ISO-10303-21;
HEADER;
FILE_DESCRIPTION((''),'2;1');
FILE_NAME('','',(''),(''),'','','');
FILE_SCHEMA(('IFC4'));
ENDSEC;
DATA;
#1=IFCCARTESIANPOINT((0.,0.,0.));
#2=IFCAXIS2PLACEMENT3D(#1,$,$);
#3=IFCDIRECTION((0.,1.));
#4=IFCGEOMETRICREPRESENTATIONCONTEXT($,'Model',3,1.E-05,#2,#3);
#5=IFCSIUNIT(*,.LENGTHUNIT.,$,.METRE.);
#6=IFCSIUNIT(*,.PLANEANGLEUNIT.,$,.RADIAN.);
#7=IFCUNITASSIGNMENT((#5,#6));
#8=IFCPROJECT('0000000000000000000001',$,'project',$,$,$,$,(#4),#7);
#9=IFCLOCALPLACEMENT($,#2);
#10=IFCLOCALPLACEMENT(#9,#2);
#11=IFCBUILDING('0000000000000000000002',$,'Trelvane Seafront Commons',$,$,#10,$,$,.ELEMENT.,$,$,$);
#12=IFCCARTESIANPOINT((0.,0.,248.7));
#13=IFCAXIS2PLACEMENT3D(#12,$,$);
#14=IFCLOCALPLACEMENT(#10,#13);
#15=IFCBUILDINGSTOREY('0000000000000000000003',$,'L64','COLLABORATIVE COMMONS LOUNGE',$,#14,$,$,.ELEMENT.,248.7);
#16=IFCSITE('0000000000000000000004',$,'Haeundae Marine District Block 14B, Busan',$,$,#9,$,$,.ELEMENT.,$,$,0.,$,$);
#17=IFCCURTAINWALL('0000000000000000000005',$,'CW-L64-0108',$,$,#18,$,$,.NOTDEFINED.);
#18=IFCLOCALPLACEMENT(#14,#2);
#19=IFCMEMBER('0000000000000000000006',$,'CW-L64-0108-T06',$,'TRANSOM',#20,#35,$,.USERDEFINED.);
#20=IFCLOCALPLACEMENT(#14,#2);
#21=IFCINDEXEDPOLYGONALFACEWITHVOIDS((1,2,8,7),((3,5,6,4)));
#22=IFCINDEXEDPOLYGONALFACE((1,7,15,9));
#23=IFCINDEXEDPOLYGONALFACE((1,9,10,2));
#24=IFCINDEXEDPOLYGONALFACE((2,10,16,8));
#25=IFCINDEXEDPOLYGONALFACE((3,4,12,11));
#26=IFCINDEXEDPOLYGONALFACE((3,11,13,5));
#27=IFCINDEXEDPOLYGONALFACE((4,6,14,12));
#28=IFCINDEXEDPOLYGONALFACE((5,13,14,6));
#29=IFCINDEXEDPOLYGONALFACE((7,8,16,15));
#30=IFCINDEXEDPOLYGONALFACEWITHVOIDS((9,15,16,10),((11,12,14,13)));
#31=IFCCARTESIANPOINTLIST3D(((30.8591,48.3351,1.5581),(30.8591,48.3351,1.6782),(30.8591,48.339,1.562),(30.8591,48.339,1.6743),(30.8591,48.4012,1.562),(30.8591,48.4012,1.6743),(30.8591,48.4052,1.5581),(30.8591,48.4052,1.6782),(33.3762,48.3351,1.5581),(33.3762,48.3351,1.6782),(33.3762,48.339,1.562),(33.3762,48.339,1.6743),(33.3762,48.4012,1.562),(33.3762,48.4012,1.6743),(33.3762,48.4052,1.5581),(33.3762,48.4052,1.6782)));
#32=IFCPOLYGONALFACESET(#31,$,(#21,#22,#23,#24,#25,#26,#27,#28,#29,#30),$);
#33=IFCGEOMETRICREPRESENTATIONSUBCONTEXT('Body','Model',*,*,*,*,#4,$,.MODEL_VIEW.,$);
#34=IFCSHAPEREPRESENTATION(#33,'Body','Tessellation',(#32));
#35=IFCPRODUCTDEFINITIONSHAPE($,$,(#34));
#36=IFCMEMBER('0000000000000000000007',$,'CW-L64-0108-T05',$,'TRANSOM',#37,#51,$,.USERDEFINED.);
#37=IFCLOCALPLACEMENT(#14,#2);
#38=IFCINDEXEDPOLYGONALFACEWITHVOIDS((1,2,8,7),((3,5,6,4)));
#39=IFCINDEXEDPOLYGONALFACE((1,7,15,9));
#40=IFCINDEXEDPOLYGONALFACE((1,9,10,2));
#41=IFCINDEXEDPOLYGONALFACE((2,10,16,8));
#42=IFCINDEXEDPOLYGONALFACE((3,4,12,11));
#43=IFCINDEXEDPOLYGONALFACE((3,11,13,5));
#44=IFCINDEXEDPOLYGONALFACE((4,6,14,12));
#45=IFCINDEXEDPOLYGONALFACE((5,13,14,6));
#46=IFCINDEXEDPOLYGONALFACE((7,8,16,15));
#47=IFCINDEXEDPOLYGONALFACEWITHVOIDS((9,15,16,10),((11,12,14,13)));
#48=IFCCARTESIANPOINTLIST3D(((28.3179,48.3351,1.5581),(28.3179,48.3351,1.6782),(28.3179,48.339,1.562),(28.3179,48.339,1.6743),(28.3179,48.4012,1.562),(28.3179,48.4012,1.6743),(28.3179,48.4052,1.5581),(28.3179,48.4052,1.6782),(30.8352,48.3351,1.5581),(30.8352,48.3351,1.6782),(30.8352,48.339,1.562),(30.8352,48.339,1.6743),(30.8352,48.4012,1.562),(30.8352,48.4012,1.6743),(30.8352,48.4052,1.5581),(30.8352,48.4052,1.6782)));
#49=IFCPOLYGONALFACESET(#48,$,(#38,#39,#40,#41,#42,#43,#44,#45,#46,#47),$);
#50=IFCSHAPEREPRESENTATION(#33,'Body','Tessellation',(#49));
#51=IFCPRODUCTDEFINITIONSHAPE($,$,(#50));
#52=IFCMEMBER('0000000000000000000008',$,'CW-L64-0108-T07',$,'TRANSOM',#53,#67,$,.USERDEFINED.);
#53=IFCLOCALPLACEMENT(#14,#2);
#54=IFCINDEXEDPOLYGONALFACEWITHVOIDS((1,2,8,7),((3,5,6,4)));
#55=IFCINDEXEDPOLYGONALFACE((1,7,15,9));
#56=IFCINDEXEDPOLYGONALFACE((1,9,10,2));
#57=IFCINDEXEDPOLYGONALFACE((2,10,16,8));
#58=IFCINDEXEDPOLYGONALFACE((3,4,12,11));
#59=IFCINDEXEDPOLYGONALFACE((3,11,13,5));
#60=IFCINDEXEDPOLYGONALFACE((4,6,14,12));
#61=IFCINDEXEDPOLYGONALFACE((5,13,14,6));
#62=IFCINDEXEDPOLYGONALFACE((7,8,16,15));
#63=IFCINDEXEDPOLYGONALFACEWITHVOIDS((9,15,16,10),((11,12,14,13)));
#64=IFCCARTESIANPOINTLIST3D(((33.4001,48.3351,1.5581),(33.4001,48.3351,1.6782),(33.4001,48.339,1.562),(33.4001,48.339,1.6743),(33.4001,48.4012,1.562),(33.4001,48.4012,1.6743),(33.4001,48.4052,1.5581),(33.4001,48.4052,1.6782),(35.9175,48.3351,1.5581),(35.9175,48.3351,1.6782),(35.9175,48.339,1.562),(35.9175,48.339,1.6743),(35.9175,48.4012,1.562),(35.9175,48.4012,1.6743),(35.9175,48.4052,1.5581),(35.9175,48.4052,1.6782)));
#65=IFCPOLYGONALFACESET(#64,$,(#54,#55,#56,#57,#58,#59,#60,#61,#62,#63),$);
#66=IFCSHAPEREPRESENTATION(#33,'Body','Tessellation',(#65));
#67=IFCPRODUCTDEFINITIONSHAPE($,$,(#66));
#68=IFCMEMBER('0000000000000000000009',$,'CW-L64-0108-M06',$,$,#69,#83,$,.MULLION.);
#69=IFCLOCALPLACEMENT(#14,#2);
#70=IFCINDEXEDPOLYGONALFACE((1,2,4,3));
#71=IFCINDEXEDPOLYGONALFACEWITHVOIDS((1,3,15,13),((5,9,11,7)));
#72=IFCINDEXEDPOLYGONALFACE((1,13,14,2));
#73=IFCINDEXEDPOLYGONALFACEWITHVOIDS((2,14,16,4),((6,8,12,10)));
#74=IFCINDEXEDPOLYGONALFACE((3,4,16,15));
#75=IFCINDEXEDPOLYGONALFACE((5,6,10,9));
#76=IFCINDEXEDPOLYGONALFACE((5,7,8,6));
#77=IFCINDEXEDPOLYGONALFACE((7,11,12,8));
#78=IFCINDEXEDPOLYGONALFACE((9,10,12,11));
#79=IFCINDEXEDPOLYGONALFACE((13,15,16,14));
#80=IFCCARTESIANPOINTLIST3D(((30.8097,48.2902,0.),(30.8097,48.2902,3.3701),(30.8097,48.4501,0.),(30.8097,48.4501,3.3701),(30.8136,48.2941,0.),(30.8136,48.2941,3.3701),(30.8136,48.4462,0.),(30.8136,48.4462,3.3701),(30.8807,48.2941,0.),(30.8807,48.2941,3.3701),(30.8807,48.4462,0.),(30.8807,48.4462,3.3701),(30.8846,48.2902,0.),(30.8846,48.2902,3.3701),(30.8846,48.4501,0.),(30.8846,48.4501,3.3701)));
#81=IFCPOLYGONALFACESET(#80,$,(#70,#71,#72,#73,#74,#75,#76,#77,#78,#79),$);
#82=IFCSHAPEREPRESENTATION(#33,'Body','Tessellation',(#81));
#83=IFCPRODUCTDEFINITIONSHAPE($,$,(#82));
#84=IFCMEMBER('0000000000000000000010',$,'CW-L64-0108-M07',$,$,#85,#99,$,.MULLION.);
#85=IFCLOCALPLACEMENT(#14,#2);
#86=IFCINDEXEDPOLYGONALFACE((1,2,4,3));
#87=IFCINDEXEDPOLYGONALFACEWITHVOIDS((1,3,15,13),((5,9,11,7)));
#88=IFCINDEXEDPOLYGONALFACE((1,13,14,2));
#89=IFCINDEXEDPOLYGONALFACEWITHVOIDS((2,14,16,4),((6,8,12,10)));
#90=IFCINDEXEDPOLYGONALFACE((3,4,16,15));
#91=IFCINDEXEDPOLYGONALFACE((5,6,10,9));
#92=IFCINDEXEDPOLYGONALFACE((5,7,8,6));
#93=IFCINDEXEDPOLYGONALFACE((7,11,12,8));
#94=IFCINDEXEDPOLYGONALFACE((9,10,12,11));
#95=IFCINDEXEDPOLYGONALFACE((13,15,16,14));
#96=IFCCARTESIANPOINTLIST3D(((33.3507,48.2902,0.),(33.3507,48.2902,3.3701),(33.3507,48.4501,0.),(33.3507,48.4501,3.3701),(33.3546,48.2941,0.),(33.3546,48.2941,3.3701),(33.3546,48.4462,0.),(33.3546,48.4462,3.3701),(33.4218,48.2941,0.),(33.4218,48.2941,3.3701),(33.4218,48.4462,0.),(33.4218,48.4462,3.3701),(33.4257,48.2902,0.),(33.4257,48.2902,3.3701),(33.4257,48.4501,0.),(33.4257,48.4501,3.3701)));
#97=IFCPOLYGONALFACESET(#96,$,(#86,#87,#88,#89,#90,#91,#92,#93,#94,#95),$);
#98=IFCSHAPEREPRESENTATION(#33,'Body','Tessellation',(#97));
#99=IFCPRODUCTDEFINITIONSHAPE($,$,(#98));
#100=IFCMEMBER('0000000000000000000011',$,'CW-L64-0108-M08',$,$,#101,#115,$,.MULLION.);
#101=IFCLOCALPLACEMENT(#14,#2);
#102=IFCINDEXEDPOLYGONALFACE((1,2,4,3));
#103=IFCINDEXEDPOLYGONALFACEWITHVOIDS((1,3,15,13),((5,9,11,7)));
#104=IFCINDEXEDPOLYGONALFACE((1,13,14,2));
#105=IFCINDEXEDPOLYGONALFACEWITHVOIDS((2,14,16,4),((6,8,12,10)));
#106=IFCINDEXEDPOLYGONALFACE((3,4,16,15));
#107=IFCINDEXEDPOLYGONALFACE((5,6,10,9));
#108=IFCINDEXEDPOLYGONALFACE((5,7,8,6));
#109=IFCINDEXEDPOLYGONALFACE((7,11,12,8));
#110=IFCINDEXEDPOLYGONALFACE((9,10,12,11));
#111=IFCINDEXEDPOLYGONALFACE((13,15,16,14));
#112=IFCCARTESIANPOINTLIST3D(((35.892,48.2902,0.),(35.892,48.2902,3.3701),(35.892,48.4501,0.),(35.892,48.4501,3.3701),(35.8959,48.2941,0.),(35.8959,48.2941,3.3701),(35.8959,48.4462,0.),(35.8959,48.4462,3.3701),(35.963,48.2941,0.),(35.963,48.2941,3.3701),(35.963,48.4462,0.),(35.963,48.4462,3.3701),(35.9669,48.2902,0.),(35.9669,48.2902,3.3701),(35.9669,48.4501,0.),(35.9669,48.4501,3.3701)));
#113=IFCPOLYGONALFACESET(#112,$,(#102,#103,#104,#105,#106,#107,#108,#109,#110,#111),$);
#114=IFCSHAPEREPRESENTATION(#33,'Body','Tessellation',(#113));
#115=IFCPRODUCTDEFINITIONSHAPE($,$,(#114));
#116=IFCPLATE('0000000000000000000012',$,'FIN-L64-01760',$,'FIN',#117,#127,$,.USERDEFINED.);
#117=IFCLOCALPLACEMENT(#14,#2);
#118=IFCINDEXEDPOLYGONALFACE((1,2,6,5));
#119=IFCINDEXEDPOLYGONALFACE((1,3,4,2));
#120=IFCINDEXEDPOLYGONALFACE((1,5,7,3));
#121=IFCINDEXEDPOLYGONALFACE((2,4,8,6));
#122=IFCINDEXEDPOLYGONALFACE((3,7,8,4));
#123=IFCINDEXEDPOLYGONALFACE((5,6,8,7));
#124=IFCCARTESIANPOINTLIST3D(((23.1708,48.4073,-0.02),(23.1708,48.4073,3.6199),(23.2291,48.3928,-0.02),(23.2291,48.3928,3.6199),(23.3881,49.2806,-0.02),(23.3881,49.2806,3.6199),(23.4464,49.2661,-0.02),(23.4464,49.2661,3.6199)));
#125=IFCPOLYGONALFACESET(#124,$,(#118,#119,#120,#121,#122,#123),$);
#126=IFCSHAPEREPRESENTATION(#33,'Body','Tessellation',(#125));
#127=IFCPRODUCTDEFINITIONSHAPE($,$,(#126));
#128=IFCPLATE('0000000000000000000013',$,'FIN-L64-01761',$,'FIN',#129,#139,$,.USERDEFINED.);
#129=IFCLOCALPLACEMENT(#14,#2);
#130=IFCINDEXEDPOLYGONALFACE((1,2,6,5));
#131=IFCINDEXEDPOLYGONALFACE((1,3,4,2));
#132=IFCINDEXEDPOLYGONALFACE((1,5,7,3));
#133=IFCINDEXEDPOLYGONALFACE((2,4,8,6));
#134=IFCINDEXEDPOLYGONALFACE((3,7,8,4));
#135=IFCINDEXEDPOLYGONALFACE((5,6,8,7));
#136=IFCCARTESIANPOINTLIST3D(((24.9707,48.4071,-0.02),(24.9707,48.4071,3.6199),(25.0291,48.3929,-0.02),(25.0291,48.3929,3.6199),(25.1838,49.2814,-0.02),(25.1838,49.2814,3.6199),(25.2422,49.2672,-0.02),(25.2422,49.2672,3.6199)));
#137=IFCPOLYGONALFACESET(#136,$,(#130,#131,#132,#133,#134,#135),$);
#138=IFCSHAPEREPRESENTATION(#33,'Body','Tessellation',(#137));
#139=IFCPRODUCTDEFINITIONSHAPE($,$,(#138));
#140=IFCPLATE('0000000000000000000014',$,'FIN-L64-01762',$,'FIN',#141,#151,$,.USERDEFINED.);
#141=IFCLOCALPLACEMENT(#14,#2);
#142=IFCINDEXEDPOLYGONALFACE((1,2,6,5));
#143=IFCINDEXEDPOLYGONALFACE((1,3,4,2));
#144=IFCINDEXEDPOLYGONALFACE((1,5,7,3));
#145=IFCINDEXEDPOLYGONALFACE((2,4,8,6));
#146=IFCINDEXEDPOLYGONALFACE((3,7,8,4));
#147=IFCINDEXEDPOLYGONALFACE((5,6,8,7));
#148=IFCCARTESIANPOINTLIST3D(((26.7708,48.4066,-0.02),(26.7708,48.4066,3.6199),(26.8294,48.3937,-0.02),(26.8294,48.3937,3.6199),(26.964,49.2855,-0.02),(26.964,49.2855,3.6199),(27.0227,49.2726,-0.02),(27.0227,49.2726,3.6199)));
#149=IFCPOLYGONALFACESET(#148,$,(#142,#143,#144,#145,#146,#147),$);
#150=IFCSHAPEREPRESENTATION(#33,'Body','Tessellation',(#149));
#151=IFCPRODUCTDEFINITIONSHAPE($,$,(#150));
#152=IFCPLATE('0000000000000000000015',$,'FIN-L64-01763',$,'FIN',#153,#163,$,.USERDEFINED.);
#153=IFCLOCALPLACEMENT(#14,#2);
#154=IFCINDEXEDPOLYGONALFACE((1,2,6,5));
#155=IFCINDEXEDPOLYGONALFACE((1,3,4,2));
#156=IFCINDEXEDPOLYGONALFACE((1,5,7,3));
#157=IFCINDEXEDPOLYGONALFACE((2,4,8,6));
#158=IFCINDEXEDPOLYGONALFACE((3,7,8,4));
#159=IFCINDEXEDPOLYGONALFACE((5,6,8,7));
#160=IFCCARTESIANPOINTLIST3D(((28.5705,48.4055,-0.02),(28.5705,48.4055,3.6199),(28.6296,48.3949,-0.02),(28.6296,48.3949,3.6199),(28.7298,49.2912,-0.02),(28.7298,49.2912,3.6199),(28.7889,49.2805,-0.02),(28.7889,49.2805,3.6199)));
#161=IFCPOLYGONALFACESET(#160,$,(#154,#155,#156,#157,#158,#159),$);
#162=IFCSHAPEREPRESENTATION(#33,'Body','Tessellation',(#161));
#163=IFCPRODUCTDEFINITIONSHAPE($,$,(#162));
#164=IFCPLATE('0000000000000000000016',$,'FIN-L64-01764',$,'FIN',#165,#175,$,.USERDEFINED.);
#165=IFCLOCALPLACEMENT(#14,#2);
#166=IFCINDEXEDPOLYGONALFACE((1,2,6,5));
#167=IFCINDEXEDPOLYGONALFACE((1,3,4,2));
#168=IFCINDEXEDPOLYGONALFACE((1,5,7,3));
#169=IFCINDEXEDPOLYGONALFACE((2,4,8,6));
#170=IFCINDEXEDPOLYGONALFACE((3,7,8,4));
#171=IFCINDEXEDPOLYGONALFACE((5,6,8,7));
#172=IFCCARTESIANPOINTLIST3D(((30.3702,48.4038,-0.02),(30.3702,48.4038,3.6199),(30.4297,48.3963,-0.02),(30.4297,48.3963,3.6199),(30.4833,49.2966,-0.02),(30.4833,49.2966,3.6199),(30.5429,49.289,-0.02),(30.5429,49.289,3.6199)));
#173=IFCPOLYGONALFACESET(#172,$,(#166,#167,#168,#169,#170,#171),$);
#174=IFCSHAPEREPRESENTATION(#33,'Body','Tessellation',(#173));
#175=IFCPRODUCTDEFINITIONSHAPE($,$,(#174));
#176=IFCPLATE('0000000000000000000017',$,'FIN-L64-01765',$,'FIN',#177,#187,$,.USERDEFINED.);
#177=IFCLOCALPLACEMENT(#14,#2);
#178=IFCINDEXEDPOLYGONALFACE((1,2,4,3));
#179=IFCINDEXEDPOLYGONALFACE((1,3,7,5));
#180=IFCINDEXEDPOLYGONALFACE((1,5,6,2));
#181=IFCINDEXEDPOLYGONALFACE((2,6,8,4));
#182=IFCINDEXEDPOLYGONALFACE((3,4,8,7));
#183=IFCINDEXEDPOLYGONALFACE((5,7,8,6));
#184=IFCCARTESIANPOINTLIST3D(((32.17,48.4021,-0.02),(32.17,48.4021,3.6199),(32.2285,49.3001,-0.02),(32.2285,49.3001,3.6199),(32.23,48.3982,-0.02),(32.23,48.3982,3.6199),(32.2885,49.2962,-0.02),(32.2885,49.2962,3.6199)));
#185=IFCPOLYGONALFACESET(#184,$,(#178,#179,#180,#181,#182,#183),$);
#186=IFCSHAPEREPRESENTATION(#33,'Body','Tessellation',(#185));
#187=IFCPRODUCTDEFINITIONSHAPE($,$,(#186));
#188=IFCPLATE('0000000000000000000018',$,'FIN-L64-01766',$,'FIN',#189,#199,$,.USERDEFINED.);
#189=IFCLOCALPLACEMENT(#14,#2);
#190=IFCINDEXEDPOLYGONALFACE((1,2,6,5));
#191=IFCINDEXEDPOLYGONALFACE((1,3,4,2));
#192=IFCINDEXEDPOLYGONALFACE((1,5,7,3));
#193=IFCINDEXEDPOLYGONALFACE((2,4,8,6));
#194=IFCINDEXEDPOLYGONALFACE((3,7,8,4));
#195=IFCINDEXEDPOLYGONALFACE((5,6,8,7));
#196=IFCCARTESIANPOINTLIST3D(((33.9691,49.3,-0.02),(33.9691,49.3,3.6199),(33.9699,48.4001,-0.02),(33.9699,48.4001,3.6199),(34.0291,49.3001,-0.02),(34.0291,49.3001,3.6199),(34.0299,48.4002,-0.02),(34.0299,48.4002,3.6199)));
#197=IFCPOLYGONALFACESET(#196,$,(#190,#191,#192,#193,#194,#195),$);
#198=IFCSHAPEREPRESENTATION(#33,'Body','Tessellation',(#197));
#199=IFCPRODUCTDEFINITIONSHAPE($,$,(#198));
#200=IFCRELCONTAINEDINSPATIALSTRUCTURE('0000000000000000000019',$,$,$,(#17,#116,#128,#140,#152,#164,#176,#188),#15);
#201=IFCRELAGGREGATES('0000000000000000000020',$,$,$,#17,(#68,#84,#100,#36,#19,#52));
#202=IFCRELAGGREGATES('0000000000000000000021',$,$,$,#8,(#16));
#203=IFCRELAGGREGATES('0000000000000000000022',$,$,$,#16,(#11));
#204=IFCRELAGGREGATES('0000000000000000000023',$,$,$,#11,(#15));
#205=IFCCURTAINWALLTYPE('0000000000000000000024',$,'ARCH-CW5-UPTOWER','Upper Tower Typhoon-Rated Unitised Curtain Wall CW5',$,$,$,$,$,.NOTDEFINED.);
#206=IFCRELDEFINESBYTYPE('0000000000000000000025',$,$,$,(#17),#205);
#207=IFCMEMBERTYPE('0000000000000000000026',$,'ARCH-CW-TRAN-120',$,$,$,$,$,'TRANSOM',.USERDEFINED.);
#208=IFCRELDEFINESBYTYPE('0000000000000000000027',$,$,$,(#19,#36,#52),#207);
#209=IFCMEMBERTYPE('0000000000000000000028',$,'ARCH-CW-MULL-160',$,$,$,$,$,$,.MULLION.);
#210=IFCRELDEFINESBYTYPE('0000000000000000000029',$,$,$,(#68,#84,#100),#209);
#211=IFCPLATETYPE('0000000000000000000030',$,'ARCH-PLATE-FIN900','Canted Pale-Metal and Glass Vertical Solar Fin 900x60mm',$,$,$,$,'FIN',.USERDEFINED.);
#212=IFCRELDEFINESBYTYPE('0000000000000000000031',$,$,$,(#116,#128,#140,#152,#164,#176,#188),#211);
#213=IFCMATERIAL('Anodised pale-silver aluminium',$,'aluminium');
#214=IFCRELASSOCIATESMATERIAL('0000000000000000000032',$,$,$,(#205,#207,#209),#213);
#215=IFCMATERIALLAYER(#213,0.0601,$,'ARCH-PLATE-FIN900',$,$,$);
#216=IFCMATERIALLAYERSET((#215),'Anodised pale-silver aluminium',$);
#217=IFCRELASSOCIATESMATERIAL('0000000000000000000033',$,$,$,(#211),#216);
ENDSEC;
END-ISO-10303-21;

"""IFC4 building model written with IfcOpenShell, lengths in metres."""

from ifc_helpers import new_model, si_unit, direction, frame, origin, origin_2d, place, context, subcontext, project, spatial, rectangle, hollow_rectangle, extrude, source, transform, mapped, material, layer, layer_set, material_profile, profile_set, type_object, element, aggregate, save


model = new_model("IFC4")

# Units and contexts
model_context = context("Model", 3, precision=1e-05, world=origin(), true_north=direction((0.0, 1.0)))
body_context = subcontext(model_context, "Body", "Model", "MODEL_VIEW")
ifc_project = project(units=[si_unit("LENGTHUNIT", "METRE"), si_unit("PLANEANGLEUNIT", "RADIAN")], contexts=[model_context])

# Site, building, storey
site_placement = place(None, origin())
site = spatial("IfcSite", under=ifc_project, at=site_placement, Name="Haeundae Marine District Block 14B, Busan", CompositionType="ELEMENT", RefElevation=0.0)
building_placement = place(site_placement, origin())
building = spatial("IfcBuilding", under=site, at=building_placement, Name="Trelvane Seafront Commons", CompositionType="ELEMENT")
storey_placement = place(building_placement, frame((0.0, 0.0, 248.7)))
storey = spatial("IfcBuildingStorey", under=building, at=storey_placement, Name="L64", Description="COLLABORATIVE COMMONS LOUNGE", CompositionType="ELEMENT", Elevation=248.7)

# Curtain wall, members
ifc_material_1 = material(Name="Anodised pale-silver aluminium", Category="aluminium")
curtain_wall_type = type_object("IfcCurtainWallType", Name="ARCH-CW5-UPTOWER", Description="Upper Tower Typhoon-Rated Unitised Curtain Wall CW5", PredefinedType="NOTDEFINED", material=ifc_material_1)
curtain_wall_placement = place(storey_placement, origin())
curtain_wall = element("IfcCurtainWall", 1, at=curtain_wall_placement, inside=storey, type_object=curtain_wall_type, Name="CW-L64-0108", PredefinedType="NOTDEFINED")
ifc_material_profile_1 = material_profile(ifc_material_1, hollow_rectangle(XDim=0.0701, YDim=0.1201, WallThickness=0.0039, at=origin_2d()), Name="TRAN-70x120x4")
ifc_profile_set_1 = profile_set([ifc_material_profile_1], Name="Anodised pale-silver aluminium")
member_type_1 = type_object("IfcMemberType", Name="ARCH-CW-TRAN-120", ElementType="TRANSOM", PredefinedType="USERDEFINED", material=ifc_profile_set_1)
shared_shape_1 = source(origin(), body_context, "Body", "SweptSolid", [
    extrude(hollow_rectangle(XDim=0.0701, YDim=0.1201, WallThickness=0.0039, at=origin_2d()), origin(), (0.0, 0.0, 1.0), 2.5171),
])
member_1_placement = place(storey_placement, frame((30.8591, 48.3701, 1.6182), z_axis=(1.0, 0.0, 0.0), x_axis=(0.0, 1.0, 0.0)))
member_1 = element("IfcMember", 2, at=member_1_placement, type_object=member_type_1, Name="CW-L64-0108-T06", ObjectType="TRANSOM", PredefinedType="USERDEFINED", context=body_context, shape_type="MappedRepresentation", body=[
    mapped(shared_shape_1, transform((0.0, 0.0, 0.0), x_axis=(1.0, 0.0, 0.0), y_axis=(0.0, 1.0, 0.0), z_axis=(0.0, 0.0, 1.0), scale=1.0)),
])
shared_shape_2 = source(origin(), body_context, "Body", "SweptSolid", [
    extrude(hollow_rectangle(XDim=0.0701, YDim=0.1201, WallThickness=0.0039, at=origin_2d()), origin(), (0.0, 0.0, 1.0), 2.5173),
])
member_2_placement = place(storey_placement, frame((28.3179, 48.3701, 1.6182), z_axis=(1.0, 0.0, 0.0), x_axis=(0.0, 1.0, 0.0)))
member_2 = element("IfcMember", 3, at=member_2_placement, type_object=member_type_1, Name="CW-L64-0108-T05", ObjectType="TRANSOM", PredefinedType="USERDEFINED", context=body_context, shape_type="MappedRepresentation", body=[
    mapped(shared_shape_2, transform((0.0, 0.0, 0.0), x_axis=(1.0, 0.0, 0.0), y_axis=(0.0, 1.0, 0.0), z_axis=(0.0, 0.0, 1.0), scale=1.0)),
])
member_3_placement = place(storey_placement, frame((33.4001, 48.3701, 1.6182), z_axis=(1.0, 0.0, 0.0), x_axis=(0.0, 1.0, 0.0)))
member_3 = element("IfcMember", 4, at=member_3_placement, type_object=member_type_1, Name="CW-L64-0108-T07", ObjectType="TRANSOM", PredefinedType="USERDEFINED", context=body_context, shape_type="MappedRepresentation", body=[
    mapped(shared_shape_2, transform((0.0, 0.0, 0.0), x_axis=(1.0, 0.0, 0.0), y_axis=(0.0, 1.0, 0.0), z_axis=(0.0, 0.0, 1.0), scale=1.0)),
])
ifc_material_profile_2 = material_profile(ifc_material_1, hollow_rectangle(XDim=0.075, YDim=0.1599, WallThickness=0.0039, at=origin_2d()), Name="MULL-75x160x4")
ifc_profile_set_2 = profile_set([ifc_material_profile_2], Name="Anodised pale-silver aluminium")
member_type_2 = type_object("IfcMemberType", Name="ARCH-CW-MULL-160", PredefinedType="MULLION", material=ifc_profile_set_2)
shared_shape_3 = source(origin(), body_context, "Body", "SweptSolid", [
    extrude(hollow_rectangle(XDim=0.075, YDim=0.1599, WallThickness=0.0039, at=origin_2d()), origin(), (0.0, 0.0, 1.0), 3.3701),
])
member_4_placement = place(storey_placement, frame((30.8472, 48.3701, 0.0), z_axis=(0.0, 0.0, 1.0), x_axis=(1.0, 0.0, 0.0)))
member_4 = element("IfcMember", 5, at=member_4_placement, type_object=member_type_2, Name="CW-L64-0108-M06", PredefinedType="MULLION", context=body_context, shape_type="MappedRepresentation", body=[
    mapped(shared_shape_3, transform((0.0, 0.0, 0.0), x_axis=(1.0, 0.0, 0.0), y_axis=(0.0, 1.0, 0.0), z_axis=(0.0, 0.0, 1.0), scale=1.0)),
])
member_5_placement = place(storey_placement, frame((33.3882, 48.3701, 0.0), z_axis=(0.0, 0.0, 1.0), x_axis=(1.0, 0.0, 0.0)))
member_5 = element("IfcMember", 6, at=member_5_placement, type_object=member_type_2, Name="CW-L64-0108-M07", PredefinedType="MULLION", context=body_context, shape_type="MappedRepresentation", body=[
    mapped(shared_shape_3, transform((0.0, 0.0, 0.0), x_axis=(1.0, 0.0, 0.0), y_axis=(0.0, 1.0, 0.0), z_axis=(0.0, 0.0, 1.0), scale=1.0)),
])
member_6_placement = place(storey_placement, frame((35.9294, 48.3701, 0.0), z_axis=(0.0, 0.0, 1.0), x_axis=(1.0, 0.0, 0.0)))
member_6 = element("IfcMember", 7, at=member_6_placement, type_object=member_type_2, Name="CW-L64-0108-M08", PredefinedType="MULLION", context=body_context, shape_type="MappedRepresentation", body=[
    mapped(shared_shape_3, transform((0.0, 0.0, 0.0), x_axis=(1.0, 0.0, 0.0), y_axis=(0.0, 1.0, 0.0), z_axis=(0.0, 0.0, 1.0), scale=1.0)),
])

# Plates
ifc_layer_1 = layer(ifc_material_1, 0.0601, Name="ARCH-PLATE-FIN900")
ifc_layer_set_1 = layer_set([ifc_layer_1], Name="Anodised pale-silver aluminium")
plate_type_1 = type_object("IfcPlateType", Name="ARCH-PLATE-FIN900", Description="Canted Pale-Metal and Glass Vertical Solar Fin 900x60mm", ElementType="FIN", PredefinedType="USERDEFINED", material=ifc_layer_set_1)
shared_shape_4 = source(origin(), body_context, "Body", "SweptSolid", [
    extrude(rectangle(XDim=0.8999, YDim=0.0601, at=origin_2d()), origin(), (0.0, 0.0, 1.0), 3.6399),
])
for number, where, z_axis, x_axis, name in (
    (8, (23.3086, 48.8367, -0.02), (0.0, 0.0, 1.0), (0.241438, 0.970416, 0.0), "FIN-L64-01760"),
    (9, (25.1064, 48.8372, -0.02), (0.0, 0.0, 1.0), (0.23678, 0.971563, 0.0), "FIN-L64-01761"),
    (10, (26.8967, 48.8396, -0.02), (0.0, 0.0, 1.0), (0.214776, 0.976663, 0.0), "FIN-L64-01762"),
    (11, (28.6797, 48.843, -0.02), (0.0, 0.0, 1.0), (0.176999, 0.984211, 0.0), "FIN-L64-01763"),
    (12, (30.4565, 48.8464, -0.02), (0.0, 0.0, 1.0), (0.125785, 0.992058, 0.0), "FIN-L64-01764"),
    (13, (32.2292, 48.8491, -0.02), (0.0, 0.0, 1.0), (0.064999, 0.997885, 0.0), "FIN-L64-01765"),
    (14, (33.9995, 48.8501, -0.02), (0.0, 0.0, 1.0), (-0.000888, 1.0, 0.0), "FIN-L64-01766"),
):
    element("IfcPlate", number, at=place(storey_placement, frame(where, z_axis=z_axis, x_axis=x_axis)), inside=storey, type_object=plate_type_1, Name=name, ObjectType="FIN", PredefinedType="USERDEFINED", context=body_context, shape_type="MappedRepresentation", body=[
        mapped(shared_shape_4, transform((0.0, 0.0, 0.0), x_axis=(1.0, 0.0, 0.0), y_axis=(0.0, 1.0, 0.0), z_axis=(0.0, 0.0, 1.0), scale=1.0)),
    ])

aggregate(curtain_wall, [member_4, member_5, member_6, member_2, member_1, member_3])

save(model, "model.ifc")
